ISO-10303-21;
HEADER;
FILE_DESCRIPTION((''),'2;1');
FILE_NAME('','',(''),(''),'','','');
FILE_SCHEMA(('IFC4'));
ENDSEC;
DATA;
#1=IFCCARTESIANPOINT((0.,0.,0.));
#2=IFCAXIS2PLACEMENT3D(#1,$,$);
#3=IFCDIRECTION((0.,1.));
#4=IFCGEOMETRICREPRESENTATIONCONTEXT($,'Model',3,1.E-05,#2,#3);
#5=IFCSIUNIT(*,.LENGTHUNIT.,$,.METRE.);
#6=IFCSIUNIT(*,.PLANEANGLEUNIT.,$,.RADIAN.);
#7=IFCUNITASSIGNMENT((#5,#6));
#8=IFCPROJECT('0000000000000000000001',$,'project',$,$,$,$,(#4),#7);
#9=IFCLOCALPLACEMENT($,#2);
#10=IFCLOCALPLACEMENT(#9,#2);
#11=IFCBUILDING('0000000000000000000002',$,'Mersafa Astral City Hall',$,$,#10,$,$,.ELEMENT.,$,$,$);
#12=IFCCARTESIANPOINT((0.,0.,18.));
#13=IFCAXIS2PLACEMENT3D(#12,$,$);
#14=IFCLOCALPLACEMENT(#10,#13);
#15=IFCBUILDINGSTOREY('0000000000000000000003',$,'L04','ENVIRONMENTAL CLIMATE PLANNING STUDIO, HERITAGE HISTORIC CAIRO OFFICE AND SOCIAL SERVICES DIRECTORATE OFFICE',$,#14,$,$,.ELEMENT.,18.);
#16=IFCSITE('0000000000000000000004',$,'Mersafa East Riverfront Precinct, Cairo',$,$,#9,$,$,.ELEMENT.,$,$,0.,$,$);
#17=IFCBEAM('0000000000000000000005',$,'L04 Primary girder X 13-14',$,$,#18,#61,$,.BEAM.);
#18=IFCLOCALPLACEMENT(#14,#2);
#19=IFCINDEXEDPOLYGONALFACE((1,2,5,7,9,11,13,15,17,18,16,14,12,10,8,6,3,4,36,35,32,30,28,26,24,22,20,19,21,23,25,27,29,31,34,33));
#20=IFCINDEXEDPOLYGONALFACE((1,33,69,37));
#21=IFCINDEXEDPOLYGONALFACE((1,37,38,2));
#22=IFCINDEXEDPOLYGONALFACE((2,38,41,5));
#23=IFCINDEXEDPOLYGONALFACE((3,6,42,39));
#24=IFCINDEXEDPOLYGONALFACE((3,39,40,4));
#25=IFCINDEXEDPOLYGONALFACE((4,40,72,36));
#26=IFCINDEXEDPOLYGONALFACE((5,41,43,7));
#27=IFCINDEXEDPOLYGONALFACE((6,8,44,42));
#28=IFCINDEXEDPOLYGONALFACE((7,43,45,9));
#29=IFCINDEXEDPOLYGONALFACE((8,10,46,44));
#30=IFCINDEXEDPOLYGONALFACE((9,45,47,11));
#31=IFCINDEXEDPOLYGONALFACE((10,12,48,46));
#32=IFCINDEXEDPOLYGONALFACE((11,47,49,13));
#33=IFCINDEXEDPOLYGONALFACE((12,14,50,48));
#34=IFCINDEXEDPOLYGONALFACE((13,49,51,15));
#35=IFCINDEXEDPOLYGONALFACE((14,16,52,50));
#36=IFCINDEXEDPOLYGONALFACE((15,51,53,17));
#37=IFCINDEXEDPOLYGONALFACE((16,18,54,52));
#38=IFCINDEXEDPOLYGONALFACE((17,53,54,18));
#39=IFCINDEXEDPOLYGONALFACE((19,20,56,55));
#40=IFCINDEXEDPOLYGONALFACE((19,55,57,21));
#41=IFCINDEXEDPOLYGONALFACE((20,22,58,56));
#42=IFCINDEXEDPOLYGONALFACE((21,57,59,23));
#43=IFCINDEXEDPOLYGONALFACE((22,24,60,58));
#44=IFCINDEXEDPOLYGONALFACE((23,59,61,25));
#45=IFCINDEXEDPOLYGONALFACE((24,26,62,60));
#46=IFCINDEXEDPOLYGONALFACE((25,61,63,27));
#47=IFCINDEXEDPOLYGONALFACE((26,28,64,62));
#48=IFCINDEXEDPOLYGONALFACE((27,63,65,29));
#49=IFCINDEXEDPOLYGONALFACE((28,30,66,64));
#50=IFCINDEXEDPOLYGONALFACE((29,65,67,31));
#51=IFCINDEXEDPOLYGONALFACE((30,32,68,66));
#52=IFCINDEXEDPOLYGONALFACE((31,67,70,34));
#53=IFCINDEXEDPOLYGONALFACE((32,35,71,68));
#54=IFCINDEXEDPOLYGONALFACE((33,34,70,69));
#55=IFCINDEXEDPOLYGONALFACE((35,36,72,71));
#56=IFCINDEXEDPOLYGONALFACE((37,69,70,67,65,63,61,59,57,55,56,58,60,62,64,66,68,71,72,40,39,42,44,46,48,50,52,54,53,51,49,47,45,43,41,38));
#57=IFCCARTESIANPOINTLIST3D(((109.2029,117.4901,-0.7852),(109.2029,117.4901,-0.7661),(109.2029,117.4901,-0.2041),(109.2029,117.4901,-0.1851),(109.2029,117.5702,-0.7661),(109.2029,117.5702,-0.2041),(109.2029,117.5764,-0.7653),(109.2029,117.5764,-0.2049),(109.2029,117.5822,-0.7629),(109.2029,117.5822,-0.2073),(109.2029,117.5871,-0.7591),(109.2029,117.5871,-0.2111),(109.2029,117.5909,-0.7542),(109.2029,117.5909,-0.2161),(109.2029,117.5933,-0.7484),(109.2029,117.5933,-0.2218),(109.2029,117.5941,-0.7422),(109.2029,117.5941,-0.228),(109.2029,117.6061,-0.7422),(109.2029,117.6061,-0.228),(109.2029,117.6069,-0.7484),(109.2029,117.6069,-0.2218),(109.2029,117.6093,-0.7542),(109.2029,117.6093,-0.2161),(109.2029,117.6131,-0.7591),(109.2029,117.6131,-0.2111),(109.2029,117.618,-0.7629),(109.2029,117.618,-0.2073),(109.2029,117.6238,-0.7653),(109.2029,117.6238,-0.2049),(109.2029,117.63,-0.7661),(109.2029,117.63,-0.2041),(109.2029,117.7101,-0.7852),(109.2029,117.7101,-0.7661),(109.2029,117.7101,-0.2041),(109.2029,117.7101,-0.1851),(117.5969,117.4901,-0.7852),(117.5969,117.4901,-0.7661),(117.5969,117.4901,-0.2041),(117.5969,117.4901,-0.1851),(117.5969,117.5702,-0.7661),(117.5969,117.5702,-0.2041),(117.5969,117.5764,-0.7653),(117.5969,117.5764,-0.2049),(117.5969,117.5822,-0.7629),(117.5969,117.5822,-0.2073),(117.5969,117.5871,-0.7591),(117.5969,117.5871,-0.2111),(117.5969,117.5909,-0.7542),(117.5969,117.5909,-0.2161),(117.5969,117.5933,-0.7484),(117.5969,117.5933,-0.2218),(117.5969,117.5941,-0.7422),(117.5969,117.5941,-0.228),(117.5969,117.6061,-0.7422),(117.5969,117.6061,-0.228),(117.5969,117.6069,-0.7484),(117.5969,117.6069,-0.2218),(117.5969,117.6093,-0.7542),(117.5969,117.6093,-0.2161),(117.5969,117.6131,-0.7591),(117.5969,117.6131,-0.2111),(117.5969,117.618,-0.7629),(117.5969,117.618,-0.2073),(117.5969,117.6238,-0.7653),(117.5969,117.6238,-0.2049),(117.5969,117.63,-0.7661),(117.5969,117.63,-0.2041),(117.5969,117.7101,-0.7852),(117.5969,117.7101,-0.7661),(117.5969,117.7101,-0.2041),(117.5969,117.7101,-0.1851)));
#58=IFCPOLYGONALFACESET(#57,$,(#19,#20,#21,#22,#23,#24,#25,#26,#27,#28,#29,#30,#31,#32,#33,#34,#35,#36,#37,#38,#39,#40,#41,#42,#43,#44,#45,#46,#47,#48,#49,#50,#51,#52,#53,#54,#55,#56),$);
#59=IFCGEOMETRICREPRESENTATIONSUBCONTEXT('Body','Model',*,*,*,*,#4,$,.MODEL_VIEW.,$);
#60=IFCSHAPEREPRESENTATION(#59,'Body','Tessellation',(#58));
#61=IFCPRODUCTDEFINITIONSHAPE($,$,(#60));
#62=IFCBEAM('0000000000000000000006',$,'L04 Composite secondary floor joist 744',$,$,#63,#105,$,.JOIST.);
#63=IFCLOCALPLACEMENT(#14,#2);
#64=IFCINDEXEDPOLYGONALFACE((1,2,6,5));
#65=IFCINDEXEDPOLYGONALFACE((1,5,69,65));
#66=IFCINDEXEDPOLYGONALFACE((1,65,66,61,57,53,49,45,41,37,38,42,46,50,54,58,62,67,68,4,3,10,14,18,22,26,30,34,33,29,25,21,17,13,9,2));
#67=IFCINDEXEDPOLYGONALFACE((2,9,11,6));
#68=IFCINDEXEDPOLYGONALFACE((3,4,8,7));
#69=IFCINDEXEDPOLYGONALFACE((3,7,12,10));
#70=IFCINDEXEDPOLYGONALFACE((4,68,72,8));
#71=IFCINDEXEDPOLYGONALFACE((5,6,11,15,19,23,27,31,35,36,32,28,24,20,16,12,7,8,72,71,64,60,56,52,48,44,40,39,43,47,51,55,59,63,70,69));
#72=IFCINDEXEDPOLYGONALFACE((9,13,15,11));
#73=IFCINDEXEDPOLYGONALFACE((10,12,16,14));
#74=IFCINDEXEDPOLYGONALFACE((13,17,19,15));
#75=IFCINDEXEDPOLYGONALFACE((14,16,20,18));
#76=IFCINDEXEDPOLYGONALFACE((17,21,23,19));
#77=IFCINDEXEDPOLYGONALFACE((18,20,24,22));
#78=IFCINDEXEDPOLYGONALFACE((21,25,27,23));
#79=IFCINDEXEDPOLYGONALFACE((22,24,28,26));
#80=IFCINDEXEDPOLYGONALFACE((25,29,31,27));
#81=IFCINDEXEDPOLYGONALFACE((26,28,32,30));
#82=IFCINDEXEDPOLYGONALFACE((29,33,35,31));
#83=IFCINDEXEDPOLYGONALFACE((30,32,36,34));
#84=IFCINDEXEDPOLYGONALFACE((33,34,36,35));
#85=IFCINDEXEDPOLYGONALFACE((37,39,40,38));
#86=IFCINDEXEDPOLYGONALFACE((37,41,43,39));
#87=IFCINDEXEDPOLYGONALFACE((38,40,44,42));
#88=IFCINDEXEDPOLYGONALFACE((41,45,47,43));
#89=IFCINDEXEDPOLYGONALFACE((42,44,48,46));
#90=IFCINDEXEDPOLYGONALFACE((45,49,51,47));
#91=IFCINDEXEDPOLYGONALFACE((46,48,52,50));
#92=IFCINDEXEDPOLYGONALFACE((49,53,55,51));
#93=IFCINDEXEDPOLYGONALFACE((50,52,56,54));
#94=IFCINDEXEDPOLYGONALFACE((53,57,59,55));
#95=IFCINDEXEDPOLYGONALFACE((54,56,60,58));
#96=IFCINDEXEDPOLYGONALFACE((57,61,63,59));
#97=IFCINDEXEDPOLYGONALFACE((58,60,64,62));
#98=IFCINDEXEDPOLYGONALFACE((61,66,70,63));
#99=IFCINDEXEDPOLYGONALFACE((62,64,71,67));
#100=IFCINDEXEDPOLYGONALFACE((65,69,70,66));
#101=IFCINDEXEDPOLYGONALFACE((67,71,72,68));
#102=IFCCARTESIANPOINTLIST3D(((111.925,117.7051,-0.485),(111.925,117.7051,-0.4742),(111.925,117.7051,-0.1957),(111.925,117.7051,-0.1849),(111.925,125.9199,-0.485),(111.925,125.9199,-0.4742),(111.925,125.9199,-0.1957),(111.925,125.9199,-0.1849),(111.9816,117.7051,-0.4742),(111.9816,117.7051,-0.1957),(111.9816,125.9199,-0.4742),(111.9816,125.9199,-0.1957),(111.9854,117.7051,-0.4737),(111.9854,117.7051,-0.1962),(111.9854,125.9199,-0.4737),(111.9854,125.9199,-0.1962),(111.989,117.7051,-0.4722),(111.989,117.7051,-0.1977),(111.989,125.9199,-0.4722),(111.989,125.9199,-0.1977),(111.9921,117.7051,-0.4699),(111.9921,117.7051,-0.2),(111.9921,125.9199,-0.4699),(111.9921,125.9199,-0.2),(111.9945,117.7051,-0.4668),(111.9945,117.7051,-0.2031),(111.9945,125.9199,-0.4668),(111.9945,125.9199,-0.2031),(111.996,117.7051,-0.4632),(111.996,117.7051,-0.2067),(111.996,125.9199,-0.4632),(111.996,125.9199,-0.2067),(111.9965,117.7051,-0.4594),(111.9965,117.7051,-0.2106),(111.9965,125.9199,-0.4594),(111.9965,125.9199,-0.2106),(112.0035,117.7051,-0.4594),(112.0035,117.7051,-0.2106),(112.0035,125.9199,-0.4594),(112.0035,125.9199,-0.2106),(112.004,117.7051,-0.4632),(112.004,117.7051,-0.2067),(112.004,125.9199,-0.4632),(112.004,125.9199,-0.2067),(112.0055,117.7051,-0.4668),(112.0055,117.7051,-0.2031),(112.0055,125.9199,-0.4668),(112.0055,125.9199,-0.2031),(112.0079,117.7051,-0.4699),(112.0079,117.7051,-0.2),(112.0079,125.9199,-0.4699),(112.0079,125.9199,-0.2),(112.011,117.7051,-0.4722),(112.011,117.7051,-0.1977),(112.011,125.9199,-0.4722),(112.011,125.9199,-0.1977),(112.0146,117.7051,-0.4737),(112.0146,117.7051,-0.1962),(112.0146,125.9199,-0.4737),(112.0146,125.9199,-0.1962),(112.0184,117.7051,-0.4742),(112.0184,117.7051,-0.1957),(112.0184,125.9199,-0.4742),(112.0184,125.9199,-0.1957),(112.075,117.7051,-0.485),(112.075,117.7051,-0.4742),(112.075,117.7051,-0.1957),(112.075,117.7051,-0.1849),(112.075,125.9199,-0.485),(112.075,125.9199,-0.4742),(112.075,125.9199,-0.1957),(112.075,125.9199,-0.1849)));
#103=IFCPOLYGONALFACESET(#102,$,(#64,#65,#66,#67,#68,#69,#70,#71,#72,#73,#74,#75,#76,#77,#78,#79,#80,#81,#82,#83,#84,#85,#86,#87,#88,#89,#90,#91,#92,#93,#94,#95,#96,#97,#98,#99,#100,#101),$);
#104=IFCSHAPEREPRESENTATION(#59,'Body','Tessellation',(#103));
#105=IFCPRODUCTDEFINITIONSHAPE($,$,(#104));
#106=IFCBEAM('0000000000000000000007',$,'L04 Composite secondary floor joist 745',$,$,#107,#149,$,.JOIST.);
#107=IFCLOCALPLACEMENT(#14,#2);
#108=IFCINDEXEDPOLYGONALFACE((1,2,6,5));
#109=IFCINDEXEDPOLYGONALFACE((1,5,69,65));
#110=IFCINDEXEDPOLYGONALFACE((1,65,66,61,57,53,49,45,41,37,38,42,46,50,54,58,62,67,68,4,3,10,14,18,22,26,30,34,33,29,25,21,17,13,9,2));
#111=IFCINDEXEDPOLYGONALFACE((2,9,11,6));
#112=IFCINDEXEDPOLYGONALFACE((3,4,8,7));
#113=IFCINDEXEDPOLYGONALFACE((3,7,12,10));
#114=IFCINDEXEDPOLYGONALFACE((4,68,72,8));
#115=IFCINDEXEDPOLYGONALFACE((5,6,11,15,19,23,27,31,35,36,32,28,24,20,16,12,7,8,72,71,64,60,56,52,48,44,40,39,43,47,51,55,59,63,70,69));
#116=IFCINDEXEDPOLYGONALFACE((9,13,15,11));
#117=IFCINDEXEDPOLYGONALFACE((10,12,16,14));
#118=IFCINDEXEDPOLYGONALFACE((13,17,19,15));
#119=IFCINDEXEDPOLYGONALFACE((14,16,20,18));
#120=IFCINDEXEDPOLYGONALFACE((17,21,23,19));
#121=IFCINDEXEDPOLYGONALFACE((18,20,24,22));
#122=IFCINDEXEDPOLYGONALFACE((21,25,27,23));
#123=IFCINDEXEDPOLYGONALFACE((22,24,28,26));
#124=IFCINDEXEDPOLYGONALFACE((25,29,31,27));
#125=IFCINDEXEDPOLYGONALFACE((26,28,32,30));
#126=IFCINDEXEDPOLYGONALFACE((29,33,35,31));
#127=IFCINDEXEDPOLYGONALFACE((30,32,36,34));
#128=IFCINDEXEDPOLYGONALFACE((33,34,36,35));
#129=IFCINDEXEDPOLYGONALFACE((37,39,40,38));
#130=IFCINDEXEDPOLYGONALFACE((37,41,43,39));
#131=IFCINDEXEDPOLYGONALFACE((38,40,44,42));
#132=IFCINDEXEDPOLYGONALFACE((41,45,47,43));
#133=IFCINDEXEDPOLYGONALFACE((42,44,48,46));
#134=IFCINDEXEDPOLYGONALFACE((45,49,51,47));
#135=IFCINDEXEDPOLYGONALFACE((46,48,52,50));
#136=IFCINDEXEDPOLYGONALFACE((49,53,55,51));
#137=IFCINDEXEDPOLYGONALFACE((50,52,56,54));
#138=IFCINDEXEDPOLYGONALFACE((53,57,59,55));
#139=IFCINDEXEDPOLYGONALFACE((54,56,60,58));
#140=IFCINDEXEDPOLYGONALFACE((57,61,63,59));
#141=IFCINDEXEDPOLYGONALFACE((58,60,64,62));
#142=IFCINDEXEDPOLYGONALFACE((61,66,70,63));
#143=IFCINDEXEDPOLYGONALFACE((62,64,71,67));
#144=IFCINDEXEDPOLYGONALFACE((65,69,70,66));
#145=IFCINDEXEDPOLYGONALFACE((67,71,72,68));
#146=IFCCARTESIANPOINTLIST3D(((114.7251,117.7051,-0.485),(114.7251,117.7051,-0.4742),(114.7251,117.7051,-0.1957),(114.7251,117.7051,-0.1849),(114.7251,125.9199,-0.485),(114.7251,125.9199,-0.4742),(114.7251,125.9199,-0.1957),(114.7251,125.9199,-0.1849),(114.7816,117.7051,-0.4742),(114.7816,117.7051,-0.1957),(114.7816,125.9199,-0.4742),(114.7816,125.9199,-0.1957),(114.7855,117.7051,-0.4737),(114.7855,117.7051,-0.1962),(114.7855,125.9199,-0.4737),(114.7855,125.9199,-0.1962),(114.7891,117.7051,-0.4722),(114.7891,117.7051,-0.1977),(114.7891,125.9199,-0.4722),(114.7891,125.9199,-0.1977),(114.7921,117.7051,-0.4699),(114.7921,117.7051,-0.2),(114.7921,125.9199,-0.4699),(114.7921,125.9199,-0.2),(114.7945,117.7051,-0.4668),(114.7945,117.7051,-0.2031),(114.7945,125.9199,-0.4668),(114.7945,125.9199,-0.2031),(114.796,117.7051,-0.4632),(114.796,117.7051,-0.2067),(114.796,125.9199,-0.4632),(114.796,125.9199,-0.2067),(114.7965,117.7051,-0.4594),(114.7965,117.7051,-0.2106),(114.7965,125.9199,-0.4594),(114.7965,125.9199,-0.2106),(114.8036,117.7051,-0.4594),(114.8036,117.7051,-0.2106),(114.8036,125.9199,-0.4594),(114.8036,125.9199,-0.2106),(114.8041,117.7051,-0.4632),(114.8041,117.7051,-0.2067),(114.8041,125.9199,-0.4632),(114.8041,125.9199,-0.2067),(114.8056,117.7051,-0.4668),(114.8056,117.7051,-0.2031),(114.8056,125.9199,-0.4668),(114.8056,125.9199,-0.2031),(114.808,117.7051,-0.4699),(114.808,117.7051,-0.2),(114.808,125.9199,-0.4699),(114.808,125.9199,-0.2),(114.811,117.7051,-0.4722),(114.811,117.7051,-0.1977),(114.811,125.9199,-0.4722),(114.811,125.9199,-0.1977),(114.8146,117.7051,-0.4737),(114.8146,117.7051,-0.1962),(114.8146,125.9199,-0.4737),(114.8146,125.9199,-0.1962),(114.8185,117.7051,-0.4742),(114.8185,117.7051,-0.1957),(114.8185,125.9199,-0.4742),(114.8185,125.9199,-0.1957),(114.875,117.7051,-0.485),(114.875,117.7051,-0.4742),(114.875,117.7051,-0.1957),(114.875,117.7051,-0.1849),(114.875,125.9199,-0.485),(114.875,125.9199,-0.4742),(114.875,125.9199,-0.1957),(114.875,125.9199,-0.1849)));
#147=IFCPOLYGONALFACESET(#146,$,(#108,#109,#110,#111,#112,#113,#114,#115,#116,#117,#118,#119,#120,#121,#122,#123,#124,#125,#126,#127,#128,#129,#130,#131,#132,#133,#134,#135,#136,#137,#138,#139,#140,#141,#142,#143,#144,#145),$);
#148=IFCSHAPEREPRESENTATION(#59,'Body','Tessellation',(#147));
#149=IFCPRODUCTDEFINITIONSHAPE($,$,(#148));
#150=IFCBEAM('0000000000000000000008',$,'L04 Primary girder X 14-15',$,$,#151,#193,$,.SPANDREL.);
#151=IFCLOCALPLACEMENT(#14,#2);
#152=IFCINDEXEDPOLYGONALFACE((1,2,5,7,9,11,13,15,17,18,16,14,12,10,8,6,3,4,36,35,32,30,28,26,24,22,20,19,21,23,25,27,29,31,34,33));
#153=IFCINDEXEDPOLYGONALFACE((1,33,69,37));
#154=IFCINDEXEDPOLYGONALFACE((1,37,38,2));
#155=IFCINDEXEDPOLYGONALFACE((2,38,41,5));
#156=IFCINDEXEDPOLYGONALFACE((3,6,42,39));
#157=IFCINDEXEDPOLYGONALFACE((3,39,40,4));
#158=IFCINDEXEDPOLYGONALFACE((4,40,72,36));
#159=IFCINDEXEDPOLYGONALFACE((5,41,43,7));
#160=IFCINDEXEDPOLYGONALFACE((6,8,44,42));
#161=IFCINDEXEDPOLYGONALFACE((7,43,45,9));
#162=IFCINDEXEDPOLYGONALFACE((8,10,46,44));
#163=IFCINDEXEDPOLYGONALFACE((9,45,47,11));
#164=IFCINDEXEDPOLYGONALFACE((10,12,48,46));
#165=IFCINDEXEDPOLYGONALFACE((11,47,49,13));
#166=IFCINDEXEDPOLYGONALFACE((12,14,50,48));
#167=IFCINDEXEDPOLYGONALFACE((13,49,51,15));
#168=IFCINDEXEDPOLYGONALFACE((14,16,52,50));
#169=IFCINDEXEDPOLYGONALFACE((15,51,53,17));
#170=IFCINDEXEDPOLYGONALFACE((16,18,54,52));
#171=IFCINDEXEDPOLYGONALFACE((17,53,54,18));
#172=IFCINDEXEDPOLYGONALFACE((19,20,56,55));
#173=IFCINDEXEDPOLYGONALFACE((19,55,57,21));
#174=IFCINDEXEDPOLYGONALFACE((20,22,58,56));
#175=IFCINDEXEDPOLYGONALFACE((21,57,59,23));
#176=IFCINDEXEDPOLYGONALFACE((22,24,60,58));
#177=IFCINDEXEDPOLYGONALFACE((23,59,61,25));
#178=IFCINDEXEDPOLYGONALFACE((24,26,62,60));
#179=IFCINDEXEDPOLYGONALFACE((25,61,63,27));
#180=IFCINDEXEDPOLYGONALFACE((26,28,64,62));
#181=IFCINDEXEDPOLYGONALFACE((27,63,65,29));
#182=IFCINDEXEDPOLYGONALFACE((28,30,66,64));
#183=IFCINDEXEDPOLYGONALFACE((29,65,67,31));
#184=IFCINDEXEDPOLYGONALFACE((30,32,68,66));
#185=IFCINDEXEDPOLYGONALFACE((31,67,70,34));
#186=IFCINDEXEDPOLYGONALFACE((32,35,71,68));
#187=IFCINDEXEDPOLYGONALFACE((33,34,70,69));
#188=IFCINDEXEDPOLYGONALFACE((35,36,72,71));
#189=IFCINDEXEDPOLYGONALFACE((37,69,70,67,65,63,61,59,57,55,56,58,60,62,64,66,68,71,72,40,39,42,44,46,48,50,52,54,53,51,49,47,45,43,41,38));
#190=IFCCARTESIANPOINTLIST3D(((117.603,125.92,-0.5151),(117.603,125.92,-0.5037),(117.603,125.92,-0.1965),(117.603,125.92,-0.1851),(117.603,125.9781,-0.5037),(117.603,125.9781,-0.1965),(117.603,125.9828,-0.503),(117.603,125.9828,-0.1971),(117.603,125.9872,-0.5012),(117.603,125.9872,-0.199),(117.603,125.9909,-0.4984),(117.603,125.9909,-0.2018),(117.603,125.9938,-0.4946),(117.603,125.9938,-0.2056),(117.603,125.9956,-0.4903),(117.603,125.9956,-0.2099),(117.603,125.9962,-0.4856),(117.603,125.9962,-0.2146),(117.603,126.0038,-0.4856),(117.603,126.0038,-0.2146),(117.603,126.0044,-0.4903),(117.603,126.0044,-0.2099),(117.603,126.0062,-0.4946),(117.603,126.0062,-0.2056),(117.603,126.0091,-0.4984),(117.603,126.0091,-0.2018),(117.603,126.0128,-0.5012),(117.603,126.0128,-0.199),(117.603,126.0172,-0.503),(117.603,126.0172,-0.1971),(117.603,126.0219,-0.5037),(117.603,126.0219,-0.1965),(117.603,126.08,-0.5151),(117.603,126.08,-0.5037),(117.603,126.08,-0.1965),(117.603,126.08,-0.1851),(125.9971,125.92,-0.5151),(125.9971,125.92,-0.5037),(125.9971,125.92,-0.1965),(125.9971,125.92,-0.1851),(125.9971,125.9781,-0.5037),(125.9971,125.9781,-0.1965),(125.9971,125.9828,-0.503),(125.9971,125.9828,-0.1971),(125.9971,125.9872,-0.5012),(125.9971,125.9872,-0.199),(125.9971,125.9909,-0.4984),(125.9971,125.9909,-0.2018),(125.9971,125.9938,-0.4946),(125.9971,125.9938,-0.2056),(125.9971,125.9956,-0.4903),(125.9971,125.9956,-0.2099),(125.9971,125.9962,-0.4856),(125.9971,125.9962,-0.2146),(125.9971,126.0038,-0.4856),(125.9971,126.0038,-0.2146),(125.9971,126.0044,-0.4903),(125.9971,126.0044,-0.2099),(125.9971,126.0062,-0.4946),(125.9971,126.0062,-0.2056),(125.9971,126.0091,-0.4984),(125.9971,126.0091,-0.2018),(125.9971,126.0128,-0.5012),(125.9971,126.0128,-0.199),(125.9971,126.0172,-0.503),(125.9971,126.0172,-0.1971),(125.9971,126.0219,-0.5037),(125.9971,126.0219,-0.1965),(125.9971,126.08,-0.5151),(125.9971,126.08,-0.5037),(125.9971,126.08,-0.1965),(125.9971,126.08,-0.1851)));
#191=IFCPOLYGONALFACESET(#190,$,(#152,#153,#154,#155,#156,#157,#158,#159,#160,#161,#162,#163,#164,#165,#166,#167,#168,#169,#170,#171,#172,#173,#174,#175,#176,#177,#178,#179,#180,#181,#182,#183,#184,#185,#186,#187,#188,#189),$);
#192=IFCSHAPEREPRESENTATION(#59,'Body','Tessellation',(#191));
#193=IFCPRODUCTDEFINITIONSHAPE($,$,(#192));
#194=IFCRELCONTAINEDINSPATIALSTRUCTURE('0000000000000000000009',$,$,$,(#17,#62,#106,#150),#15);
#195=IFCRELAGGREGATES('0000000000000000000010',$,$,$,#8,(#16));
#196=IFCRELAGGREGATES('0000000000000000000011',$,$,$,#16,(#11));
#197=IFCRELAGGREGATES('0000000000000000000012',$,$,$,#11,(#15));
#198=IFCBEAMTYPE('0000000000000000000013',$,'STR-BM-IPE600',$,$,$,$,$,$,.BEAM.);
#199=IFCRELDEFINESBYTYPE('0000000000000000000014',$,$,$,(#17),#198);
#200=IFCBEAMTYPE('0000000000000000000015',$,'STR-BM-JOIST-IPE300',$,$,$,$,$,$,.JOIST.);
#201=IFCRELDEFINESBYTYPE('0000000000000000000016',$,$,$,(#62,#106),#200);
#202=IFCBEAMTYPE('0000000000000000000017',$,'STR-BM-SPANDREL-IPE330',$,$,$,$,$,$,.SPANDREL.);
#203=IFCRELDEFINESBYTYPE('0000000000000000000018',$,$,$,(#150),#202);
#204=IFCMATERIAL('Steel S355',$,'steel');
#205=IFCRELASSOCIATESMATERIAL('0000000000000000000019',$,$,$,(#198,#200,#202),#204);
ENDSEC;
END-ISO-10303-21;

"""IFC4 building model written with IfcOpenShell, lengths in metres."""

from ifc_helpers import new_model, si_unit, direction, frame, origin, origin_2d, place, context, subcontext, project, spatial, i_section, extrude, material, material_profile, profile_set, type_object, element, save


model = new_model("IFC4")

# Units and contexts
model_context = context("Model", 3, precision=1e-05, world=origin(), true_north=direction((0.0, 1.0)))
body_context = subcontext(model_context, "Body", "Model", "MODEL_VIEW")
ifc_project = project(units=[si_unit("LENGTHUNIT", "METRE"), si_unit("PLANEANGLEUNIT", "RADIAN")], contexts=[model_context])

# Site, building, storey
site_placement = place(None, origin())
site = spatial("IfcSite", under=ifc_project, at=site_placement, Name="Mersafa East Riverfront Precinct, Cairo", CompositionType="ELEMENT", RefElevation=0.0)
building_placement = place(site_placement, origin())
building = spatial("IfcBuilding", under=site, at=building_placement, Name="Mersafa Astral City Hall", CompositionType="ELEMENT")
storey_placement = place(building_placement, frame((0.0, 0.0, 18.0)))
storey = spatial("IfcBuildingStorey", under=building, at=storey_placement, Name="L04", Description="ENVIRONMENTAL CLIMATE PLANNING STUDIO, HERITAGE HISTORIC CAIRO OFFICE AND SOCIAL SERVICES DIRECTORATE OFFICE", CompositionType="ELEMENT", Elevation=18.0)

# Shared definitions
ifc_material_1 = material(Name="Steel S355", Category="steel")

# Beams
ifc_material_profile_1 = material_profile(ifc_material_1, i_section(OverallWidth=0.22, OverallDepth=0.6001, WebThickness=0.012, FlangeThickness=0.019, FilletRadius=0.0239, at=origin_2d()), Name="IPE 600")
ifc_profile_set_1 = profile_set([ifc_material_profile_1], Name="Steel S355")
beam_type_1 = type_object("IfcBeamType", Name="STR-BM-IPE600", PredefinedType="BEAM", material=ifc_profile_set_1)
beam_1_placement = place(storey_placement, frame((109.2029, 117.6001, -0.4851), z_axis=(1.0, 0.0, 0.0), x_axis=(0.0, 1.0, 0.0)))
element("IfcBeam", 1, at=beam_1_placement, inside=storey, type_object=beam_type_1, Name="L04 Primary girder X 13-14", PredefinedType="BEAM", context=body_context, shape_type="SweptSolid", body=[
    extrude(i_section(OverallWidth=0.22, OverallDepth=0.6001, WebThickness=0.012, FlangeThickness=0.019, FilletRadius=0.0239, at=origin_2d()), origin(), (0.0, 0.0, 1.0), 8.394),
])
ifc_material_profile_2 = material_profile(ifc_material_1, i_section(OverallWidth=0.1499, OverallDepth=0.3, WebThickness=0.0071, FlangeThickness=0.0107, FilletRadius=0.0149, at=origin_2d()), Name="IPE 300")
ifc_profile_set_2 = profile_set([ifc_material_profile_2], Name="Steel S355")
beam_type_2 = type_object("IfcBeamType", Name="STR-BM-JOIST-IPE300", PredefinedType="JOIST", material=ifc_profile_set_2)
for number, where, z_axis, x_axis, name in (
    (2, (112.0, 117.7051, -0.335), (0.0, 1.0, 0.0), (-1.0, 0.0, 0.0), "L04 Composite secondary floor joist 744"),
    (3, (114.8, 117.7051, -0.335), (0.0, 1.0, 0.0), (-1.0, 0.0, 0.0), "L04 Composite secondary floor joist 745"),
):
    element("IfcBeam", number, at=place(storey_placement, frame(where, z_axis=z_axis, x_axis=x_axis)), inside=storey, type_object=beam_type_2, Name=name, PredefinedType="JOIST", context=body_context, shape_type="SweptSolid", body=[
        extrude(i_section(OverallWidth=0.1499, OverallDepth=0.3, WebThickness=0.0071, FlangeThickness=0.0107, FilletRadius=0.0149, at=origin_2d()), origin(), (0.0, 0.0, 1.0), 8.2148),
    ])
ifc_material_profile_3 = material_profile(ifc_material_1, i_section(OverallWidth=0.1599, OverallDepth=0.3301, WebThickness=0.0076, FlangeThickness=0.0115, FilletRadius=0.0181, at=origin_2d()), Name="IPE 330")
ifc_profile_set_3 = profile_set([ifc_material_profile_3], Name="Steel S355")
beam_type_3 = type_object("IfcBeamType", Name="STR-BM-SPANDREL-IPE330", PredefinedType="SPANDREL", material=ifc_profile_set_3)
beam_2_placement = place(storey_placement, frame((117.603, 126.0, -0.3501), z_axis=(1.0, 0.0, 0.0), x_axis=(0.0, 1.0, 0.0)))
element("IfcBeam", 4, at=beam_2_placement, inside=storey, type_object=beam_type_3, Name="L04 Primary girder X 14-15", PredefinedType="SPANDREL", context=body_context, shape_type="SweptSolid", body=[
    extrude(i_section(OverallWidth=0.1599, OverallDepth=0.3301, WebThickness=0.0076, FlangeThickness=0.0115, FilletRadius=0.0181, at=origin_2d()), origin(), (0.0, 0.0, 1.0), 8.394),
])

save(model, "model.ifc")
